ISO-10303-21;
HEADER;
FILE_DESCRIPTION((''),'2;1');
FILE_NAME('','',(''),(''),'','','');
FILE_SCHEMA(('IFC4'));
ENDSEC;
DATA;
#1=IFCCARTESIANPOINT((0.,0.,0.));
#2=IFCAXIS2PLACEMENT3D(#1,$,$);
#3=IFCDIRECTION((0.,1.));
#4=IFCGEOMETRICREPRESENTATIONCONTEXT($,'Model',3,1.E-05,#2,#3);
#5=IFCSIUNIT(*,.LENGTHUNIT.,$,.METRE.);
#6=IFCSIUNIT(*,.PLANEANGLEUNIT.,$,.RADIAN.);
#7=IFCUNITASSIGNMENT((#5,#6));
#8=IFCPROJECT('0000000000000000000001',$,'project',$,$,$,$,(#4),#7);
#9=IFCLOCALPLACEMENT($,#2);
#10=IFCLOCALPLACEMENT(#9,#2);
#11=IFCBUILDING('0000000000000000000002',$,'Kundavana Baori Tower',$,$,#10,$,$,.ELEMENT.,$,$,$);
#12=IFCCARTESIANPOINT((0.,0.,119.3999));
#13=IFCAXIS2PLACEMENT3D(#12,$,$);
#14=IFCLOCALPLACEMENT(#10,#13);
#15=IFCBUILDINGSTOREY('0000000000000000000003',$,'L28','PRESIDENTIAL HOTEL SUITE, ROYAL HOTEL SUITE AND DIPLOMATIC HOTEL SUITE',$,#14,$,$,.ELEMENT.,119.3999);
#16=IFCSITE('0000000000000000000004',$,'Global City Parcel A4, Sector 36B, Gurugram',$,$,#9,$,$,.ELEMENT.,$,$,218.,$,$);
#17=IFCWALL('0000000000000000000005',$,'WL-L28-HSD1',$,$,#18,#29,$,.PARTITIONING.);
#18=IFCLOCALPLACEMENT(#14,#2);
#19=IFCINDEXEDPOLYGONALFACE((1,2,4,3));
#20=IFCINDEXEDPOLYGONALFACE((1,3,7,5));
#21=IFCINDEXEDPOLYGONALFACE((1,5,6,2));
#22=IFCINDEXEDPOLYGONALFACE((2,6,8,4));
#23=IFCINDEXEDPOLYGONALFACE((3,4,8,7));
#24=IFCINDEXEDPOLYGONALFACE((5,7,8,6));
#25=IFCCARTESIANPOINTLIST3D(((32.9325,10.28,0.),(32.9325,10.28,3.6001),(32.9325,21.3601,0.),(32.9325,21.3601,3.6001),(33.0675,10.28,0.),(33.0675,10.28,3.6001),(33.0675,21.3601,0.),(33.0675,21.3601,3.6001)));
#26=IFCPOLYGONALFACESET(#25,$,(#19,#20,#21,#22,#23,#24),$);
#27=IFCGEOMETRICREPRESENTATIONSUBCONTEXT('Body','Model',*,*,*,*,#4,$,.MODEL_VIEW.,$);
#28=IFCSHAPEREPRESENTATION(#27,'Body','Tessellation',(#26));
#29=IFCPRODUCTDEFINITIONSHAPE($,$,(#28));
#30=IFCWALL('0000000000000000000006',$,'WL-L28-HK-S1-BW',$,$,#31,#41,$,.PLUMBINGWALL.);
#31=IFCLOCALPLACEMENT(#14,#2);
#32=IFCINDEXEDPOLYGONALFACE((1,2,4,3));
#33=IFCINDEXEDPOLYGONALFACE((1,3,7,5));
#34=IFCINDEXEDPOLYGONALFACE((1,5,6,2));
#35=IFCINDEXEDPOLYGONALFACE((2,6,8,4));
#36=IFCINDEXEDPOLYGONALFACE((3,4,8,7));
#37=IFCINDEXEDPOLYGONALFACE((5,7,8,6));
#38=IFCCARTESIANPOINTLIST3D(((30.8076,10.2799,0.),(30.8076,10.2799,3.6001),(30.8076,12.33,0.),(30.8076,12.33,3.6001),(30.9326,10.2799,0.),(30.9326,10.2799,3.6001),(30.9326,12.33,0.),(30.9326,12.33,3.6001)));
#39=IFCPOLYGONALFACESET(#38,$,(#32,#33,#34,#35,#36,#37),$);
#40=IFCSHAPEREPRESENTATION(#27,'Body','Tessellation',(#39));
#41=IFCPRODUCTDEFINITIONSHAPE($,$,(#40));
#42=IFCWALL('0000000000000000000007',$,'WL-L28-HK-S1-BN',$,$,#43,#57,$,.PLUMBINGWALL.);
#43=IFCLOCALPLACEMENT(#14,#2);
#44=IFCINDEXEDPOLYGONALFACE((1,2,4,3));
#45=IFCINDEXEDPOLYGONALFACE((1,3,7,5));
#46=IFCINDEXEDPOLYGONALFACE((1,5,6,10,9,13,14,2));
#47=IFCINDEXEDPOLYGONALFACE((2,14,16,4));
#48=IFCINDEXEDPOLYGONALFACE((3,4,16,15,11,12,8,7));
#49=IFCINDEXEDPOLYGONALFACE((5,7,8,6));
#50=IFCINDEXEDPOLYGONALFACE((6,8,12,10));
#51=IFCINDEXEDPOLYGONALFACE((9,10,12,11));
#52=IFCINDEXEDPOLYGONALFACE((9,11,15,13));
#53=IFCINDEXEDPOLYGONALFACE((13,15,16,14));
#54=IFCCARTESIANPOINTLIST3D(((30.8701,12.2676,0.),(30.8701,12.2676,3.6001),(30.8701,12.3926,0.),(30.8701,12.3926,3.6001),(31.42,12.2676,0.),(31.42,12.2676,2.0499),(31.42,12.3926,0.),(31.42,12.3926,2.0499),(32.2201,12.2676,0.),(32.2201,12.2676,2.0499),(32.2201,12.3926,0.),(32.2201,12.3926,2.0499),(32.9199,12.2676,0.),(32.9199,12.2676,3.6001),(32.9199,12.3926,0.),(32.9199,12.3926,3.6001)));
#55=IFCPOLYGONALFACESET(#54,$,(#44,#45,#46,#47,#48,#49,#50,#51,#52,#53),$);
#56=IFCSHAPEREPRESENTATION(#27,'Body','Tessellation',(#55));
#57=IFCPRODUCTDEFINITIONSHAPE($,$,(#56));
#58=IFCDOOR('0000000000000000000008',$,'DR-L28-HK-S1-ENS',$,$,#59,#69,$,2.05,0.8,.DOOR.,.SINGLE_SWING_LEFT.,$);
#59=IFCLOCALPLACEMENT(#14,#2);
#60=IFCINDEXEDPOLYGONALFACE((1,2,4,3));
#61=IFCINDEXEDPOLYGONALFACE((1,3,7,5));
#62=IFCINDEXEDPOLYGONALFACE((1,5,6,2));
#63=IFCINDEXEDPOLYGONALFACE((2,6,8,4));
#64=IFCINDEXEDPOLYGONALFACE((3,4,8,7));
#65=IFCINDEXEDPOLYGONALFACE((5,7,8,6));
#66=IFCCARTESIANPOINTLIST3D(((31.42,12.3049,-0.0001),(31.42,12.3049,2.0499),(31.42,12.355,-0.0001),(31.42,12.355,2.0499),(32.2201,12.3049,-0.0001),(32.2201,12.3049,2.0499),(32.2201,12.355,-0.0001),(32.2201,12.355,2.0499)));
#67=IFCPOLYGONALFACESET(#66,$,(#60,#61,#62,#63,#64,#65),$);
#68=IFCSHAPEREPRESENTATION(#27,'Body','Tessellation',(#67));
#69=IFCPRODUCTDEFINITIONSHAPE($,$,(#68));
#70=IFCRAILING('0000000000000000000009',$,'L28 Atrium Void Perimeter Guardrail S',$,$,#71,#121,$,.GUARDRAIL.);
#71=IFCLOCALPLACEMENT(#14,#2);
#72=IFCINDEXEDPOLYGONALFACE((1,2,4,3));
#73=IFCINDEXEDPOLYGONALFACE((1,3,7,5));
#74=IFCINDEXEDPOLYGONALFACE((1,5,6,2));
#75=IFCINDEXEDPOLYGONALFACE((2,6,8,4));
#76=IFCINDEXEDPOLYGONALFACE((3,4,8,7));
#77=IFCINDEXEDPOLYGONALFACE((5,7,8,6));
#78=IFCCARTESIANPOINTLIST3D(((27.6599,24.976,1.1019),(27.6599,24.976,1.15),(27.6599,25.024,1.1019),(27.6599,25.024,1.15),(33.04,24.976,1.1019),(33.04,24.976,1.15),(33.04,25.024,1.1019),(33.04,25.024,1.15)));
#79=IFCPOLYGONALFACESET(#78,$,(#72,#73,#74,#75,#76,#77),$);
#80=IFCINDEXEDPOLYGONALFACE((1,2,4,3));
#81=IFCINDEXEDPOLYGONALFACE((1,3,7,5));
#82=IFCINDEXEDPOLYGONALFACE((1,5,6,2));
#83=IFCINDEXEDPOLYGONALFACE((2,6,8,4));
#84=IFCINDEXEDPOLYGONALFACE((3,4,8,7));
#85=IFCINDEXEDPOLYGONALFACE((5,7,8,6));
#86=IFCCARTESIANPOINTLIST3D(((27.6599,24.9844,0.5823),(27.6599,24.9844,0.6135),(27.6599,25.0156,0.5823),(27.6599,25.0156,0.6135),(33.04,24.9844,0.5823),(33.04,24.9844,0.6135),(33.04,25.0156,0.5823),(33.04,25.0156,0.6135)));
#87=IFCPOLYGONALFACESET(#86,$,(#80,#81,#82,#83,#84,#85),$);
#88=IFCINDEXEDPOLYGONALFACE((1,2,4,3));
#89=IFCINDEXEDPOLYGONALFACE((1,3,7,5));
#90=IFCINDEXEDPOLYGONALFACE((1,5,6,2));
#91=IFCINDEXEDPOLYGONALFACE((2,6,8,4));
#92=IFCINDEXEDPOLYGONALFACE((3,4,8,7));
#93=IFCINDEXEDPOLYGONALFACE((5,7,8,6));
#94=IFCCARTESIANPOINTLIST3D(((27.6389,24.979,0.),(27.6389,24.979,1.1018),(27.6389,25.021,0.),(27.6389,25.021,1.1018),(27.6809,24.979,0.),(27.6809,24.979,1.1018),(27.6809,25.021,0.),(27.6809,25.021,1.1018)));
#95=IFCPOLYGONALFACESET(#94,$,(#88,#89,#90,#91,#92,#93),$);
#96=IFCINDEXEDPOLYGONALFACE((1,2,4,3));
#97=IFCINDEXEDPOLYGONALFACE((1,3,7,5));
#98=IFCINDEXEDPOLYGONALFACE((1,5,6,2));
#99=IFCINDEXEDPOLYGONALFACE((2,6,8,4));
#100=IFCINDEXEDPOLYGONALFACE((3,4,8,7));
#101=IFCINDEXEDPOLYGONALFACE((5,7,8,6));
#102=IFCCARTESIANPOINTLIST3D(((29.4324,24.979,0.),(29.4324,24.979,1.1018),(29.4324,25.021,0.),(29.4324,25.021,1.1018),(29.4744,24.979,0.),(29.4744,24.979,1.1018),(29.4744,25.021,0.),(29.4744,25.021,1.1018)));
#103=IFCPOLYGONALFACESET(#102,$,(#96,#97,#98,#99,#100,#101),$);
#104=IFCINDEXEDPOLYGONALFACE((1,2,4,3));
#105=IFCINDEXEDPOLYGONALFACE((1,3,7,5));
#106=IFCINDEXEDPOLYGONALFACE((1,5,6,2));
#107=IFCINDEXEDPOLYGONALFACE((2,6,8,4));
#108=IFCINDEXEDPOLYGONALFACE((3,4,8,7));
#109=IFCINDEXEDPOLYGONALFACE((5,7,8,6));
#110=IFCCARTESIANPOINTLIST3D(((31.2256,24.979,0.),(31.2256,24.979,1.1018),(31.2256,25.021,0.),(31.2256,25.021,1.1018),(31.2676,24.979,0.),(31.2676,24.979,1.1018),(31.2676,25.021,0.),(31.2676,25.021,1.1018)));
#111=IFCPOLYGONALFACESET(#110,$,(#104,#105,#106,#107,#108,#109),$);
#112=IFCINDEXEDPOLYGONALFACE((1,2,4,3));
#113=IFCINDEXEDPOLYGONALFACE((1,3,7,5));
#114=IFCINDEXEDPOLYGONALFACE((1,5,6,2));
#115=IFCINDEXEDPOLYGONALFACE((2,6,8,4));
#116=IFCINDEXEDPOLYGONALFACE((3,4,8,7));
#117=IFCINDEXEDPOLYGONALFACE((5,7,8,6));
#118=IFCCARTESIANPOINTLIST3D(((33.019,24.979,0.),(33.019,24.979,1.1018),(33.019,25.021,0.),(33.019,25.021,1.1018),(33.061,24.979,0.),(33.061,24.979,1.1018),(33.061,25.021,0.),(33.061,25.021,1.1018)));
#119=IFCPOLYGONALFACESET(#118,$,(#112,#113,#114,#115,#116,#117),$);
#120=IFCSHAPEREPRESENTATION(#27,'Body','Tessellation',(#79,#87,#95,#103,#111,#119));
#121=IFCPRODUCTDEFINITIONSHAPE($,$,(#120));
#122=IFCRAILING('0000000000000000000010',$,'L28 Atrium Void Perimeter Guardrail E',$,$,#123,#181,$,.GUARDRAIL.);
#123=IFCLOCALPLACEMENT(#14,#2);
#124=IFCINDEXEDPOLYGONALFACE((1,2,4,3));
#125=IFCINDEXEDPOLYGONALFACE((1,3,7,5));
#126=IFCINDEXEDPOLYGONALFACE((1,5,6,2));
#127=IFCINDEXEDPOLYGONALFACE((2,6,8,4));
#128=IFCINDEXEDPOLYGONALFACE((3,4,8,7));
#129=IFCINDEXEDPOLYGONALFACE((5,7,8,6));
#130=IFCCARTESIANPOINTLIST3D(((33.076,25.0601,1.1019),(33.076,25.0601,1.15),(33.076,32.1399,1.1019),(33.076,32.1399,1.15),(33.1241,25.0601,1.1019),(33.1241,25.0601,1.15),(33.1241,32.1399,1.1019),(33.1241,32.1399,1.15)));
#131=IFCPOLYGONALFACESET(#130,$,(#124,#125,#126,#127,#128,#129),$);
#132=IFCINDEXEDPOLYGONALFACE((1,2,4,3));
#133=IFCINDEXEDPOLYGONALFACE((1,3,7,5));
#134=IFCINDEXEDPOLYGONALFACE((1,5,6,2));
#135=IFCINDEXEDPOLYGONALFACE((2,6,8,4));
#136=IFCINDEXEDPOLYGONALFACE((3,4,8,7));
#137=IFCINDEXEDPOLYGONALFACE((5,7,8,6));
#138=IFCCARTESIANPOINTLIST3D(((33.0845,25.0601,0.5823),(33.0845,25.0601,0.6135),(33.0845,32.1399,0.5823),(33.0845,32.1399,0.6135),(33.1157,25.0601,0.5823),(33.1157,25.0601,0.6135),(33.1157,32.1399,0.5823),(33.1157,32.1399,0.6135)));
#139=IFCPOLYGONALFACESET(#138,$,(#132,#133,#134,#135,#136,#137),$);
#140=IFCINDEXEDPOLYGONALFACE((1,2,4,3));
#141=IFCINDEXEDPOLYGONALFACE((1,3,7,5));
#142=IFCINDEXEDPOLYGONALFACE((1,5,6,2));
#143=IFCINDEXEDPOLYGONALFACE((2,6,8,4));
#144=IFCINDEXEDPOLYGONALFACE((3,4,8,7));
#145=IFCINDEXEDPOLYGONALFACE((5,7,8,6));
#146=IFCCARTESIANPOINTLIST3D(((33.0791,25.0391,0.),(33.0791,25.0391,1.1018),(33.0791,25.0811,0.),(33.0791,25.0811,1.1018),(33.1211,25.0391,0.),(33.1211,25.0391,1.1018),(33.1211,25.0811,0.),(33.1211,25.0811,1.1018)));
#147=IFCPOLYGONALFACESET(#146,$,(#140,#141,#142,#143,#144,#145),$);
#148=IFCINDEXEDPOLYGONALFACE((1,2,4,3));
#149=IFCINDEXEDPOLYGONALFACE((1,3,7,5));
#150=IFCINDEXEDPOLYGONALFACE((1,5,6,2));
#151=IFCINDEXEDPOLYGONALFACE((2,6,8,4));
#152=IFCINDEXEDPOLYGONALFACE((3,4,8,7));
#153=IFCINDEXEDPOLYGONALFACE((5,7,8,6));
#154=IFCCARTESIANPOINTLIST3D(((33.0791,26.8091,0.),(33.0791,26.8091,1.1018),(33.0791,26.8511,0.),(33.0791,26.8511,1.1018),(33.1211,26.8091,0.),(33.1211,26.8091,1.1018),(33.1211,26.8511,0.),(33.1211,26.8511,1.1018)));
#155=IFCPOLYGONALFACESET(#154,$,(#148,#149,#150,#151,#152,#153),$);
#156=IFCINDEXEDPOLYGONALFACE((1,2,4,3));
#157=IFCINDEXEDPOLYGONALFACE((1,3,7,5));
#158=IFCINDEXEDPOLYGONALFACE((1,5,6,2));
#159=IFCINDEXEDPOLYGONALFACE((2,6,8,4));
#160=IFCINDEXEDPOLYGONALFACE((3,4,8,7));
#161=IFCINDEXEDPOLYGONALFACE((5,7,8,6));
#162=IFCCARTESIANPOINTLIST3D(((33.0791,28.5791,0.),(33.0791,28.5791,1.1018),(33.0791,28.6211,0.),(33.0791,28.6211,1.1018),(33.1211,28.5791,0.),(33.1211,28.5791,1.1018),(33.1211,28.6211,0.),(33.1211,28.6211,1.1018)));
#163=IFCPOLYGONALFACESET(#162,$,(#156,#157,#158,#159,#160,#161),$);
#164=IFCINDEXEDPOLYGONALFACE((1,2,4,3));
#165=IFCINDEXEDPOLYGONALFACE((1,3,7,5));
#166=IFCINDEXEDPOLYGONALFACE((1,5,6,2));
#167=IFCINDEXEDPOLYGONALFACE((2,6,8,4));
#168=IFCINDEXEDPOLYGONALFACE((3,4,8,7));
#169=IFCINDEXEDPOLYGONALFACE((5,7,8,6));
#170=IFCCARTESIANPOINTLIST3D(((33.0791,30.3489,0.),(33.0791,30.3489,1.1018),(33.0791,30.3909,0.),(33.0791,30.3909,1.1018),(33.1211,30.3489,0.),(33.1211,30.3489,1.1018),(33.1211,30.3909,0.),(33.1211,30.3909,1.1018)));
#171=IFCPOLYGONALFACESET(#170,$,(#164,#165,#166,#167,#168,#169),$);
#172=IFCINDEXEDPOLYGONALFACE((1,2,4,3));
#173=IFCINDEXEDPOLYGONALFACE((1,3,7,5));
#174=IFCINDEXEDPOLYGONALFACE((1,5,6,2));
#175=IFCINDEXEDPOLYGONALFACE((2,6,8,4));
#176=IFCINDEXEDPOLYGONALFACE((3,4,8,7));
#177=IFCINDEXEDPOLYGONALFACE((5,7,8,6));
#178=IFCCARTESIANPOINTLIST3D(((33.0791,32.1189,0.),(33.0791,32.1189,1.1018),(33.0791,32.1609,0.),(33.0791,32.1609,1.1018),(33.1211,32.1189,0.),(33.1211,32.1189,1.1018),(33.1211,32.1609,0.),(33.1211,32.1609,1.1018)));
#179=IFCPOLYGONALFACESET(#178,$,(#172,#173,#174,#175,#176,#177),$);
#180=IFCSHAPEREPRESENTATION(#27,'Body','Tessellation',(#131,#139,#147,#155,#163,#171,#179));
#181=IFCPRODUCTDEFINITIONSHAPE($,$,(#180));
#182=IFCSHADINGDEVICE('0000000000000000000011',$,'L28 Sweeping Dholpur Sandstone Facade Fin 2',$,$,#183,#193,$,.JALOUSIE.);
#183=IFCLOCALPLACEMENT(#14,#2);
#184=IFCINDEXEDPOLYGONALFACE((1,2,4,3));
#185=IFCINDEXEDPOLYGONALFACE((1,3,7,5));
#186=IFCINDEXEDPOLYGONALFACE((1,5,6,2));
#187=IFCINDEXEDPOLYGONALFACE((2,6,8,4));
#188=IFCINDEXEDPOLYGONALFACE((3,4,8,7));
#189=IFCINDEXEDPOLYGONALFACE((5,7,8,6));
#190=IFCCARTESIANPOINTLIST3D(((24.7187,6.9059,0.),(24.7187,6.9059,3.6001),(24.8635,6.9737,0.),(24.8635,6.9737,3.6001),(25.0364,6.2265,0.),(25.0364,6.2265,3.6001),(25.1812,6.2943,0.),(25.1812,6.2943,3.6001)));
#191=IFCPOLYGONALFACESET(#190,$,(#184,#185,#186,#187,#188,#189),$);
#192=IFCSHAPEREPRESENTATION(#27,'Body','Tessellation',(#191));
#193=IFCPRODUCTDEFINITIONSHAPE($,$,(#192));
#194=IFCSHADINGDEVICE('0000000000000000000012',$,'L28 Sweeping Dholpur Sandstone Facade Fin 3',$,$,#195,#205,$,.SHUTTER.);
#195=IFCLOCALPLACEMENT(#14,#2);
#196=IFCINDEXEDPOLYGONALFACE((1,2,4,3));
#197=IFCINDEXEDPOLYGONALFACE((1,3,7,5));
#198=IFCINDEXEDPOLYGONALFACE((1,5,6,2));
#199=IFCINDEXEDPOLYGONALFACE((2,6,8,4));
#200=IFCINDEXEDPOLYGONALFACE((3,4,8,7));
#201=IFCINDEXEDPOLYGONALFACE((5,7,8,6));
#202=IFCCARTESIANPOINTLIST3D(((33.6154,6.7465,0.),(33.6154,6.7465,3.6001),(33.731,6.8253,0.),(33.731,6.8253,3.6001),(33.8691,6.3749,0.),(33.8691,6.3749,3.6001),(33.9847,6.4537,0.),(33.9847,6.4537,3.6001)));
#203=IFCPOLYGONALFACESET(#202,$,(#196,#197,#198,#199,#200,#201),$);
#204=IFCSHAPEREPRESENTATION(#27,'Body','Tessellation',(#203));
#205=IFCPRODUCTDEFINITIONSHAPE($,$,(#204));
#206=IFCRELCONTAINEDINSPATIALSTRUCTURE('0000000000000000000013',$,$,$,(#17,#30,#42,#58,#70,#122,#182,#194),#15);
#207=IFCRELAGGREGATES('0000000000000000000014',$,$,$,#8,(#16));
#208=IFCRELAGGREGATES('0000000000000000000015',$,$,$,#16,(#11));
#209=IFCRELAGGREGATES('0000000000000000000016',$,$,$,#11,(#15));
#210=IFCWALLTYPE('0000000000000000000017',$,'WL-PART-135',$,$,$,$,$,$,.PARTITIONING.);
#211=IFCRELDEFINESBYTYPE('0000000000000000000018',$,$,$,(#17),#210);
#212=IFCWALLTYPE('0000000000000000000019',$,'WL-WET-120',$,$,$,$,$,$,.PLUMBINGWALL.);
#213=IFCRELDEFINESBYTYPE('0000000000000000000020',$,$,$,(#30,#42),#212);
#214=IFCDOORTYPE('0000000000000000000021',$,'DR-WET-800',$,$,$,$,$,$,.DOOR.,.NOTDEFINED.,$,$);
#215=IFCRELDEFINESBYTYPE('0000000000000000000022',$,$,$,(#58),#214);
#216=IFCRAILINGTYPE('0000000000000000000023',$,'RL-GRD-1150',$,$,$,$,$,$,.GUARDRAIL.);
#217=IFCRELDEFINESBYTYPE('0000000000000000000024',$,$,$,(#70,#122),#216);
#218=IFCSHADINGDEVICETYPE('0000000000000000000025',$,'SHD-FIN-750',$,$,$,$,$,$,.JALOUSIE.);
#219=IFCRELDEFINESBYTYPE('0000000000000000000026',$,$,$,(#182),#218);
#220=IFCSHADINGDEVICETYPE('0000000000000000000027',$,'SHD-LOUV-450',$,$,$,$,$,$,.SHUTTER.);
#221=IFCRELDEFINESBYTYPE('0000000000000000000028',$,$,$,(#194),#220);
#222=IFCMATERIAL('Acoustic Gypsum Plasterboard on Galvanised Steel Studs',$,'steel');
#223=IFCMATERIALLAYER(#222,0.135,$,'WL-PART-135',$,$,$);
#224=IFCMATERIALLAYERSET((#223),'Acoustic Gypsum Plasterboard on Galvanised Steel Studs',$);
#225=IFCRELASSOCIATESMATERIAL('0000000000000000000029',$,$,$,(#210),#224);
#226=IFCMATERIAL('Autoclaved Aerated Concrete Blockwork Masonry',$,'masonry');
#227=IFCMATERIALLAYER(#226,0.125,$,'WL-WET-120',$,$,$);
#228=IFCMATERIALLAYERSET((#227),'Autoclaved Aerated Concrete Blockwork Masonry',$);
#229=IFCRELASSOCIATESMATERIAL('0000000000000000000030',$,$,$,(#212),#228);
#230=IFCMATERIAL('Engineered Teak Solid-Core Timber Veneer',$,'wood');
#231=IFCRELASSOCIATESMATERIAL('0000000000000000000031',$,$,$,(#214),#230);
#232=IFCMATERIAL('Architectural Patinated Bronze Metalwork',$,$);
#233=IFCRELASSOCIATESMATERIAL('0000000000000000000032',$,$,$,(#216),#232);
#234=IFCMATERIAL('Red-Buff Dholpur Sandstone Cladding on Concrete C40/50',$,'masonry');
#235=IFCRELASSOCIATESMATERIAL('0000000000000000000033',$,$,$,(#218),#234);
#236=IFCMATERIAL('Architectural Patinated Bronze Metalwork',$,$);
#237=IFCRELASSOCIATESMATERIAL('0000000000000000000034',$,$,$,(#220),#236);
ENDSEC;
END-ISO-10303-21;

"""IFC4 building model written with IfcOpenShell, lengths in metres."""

from ifc_helpers import new_model, si_unit, direction, frame, frame_2d, origin, origin_2d, place, context, subcontext, project, spatial, rectangle, extrude, material, layer, layer_set, type_object, element, fill, save


model = new_model("IFC4")

# Units and contexts
model_context = context("Model", 3, precision=1e-05, world=origin(), true_north=direction((0.0, 1.0)))
body_context = subcontext(model_context, "Body", "Model", "MODEL_VIEW")
ifc_project = project(units=[si_unit("LENGTHUNIT", "METRE"), si_unit("PLANEANGLEUNIT", "RADIAN")], contexts=[model_context])

# Site, building, storey
site_placement = place(None, origin())
site = spatial("IfcSite", under=ifc_project, at=site_placement, Name="Global City Parcel A4, Sector 36B, Gurugram", CompositionType="ELEMENT", RefElevation=218.0)
building_placement = place(site_placement, origin())
building = spatial("IfcBuilding", under=site, at=building_placement, Name="Kundavana Baori Tower", CompositionType="ELEMENT")
storey_placement = place(building_placement, frame((0.0, 0.0, 119.3999)))
storey = spatial("IfcBuildingStorey", under=building, at=storey_placement, Name="L28", Description="PRESIDENTIAL HOTEL SUITE, ROYAL HOTEL SUITE AND DIPLOMATIC HOTEL SUITE", CompositionType="ELEMENT", Elevation=119.3999)

# Shared definitions
ifc_material_1 = material(Name="Acoustic Gypsum Plasterboard on Galvanised Steel Studs", Category="steel")
ifc_layer_1 = layer(ifc_material_1, 0.135, Name="WL-PART-135")
ifc_layer_set_1 = layer_set([ifc_layer_1], Name="Acoustic Gypsum Plasterboard on Galvanised Steel Studs")
wall_type_1 = type_object("IfcWallType", Name="WL-PART-135", PredefinedType="PARTITIONING", material=ifc_layer_set_1)

# Walls
wall_1_placement = place(storey_placement, frame((33.0, 10.28, 0.0), z_axis=(0.0, 0.0, 1.0), x_axis=(0.0, 1.0, 0.0)))
element("IfcWall", 1, at=wall_1_placement, inside=storey, type_object=wall_type_1, Name="WL-L28-HSD1", PredefinedType="PARTITIONING", context=body_context, shape_type="SweptSolid", body=[
    extrude(rectangle(XDim=11.0801, YDim=0.135, at=frame_2d((5.54, 0.0))), origin(), (0.0, 0.0, 1.0), 3.6001),
])
ifc_material_2 = material(Name="Autoclaved Aerated Concrete Blockwork Masonry", Category="masonry")
ifc_layer_2 = layer(ifc_material_2, 0.125, Name="WL-WET-120")
ifc_layer_set_2 = layer_set([ifc_layer_2], Name="Autoclaved Aerated Concrete Blockwork Masonry")
wall_type_2 = type_object("IfcWallType", Name="WL-WET-120", PredefinedType="PLUMBINGWALL", material=ifc_layer_set_2)
wall_2_placement = place(storey_placement, frame((30.8701, 10.28, 0.0), z_axis=(0.0, 0.0, 1.0), x_axis=(0.0, 1.0, 0.0)))
element("IfcWall", 2, at=wall_2_placement, inside=storey, type_object=wall_type_2, Name="WL-L28-HK-S1-BW", PredefinedType="PLUMBINGWALL", context=body_context, shape_type="SweptSolid", body=[
    extrude(rectangle(XDim=2.05, YDim=0.125, at=frame_2d((1.0249, 0.0))), origin(), (0.0, 0.0, 1.0), 3.6001),
])

# Wall, opening, door
wall_3_placement = place(storey_placement, frame((30.8701, 12.3301, 0.0), z_axis=(0.0, 0.0, 1.0), x_axis=(1.0, 0.0, 0.0)))
wall_3 = element("IfcWall", 3, at=wall_3_placement, inside=storey, type_object=wall_type_2, Name="WL-L28-HK-S1-BN", PredefinedType="PLUMBINGWALL", context=body_context, shape_type="SweptSolid", body=[
    extrude(rectangle(XDim=2.0498, YDim=0.125, at=frame_2d((1.0249, 0.0))), origin(), (0.0, 0.0, 1.0), 3.6001),
])
opening_1_placement = place(wall_3_placement, frame((0.55, 0.0, 0.0)))
opening_1 = element("IfcOpeningElement", 4, at=opening_1_placement, cuts=wall_3, PredefinedType="OPENING", context=body_context, shape_type="SweptSolid", body=[
    extrude(rectangle(XDim=0.8, YDim=2.05, at=frame_2d((0.3999, 1.0249))), frame((0.0, 0.0725, 0.0), z_axis=(0.0, -1.0, 0.0), x_axis=(1.0, 0.0, 0.0)), (0.0, 0.0, 1.0), 0.145),
])
ifc_material_3 = material(Name="Engineered Teak Solid-Core Timber Veneer", Category="wood")
door_type_1 = type_object("IfcDoorType", Name="DR-WET-800", OperationType="NOTDEFINED", PredefinedType="DOOR", material=ifc_material_3)
door_1_placement = place(opening_1_placement, origin())
door_1 = element("IfcDoor", 5, at=door_1_placement, inside=storey, type_object=door_type_1, Name="DR-L28-HK-S1-ENS", OperationType="SINGLE_SWING_LEFT", OverallHeight=2.05, OverallWidth=0.8, PredefinedType="DOOR", context=body_context, shape_type="SweptSolid", body=[
    extrude(rectangle(XDim=0.8, YDim=2.05, at=frame_2d((0.3999, 1.0249))), frame((0.0, 0.0249, 0.0), z_axis=(0.0, -1.0, 0.0), x_axis=(1.0, 0.0, 0.0)), (0.0, 0.0, 1.0), 0.05),
])
fill(opening_1, door_1)

# Railings
ifc_material_4 = material(Name="Architectural Patinated Bronze Metalwork")
railing_type = type_object("IfcRailingType", Name="RL-GRD-1150", PredefinedType="GUARDRAIL", material=ifc_material_4)
railing_1_placement = place(storey_placement, frame((27.6599, 25.0, 0.0)))
element("IfcRailing", 6, at=railing_1_placement, inside=storey, type_object=railing_type, Name="L28 Atrium Void Perimeter Guardrail S", PredefinedType="GUARDRAIL", context=body_context, shape_type="SweptSolid", body=[
    extrude(rectangle(XDim=0.0481, YDim=0.0481, at=origin_2d()), frame((0.0, 0.0, 1.126), z_axis=(1.0, 0.0, 0.0), x_axis=(0.0, 1.0, 0.0)), (0.0, 0.0, 1.0), 5.3801),
    extrude(rectangle(XDim=0.0312, YDim=0.0312, at=origin_2d()), frame((0.0, 0.0, 0.5979), z_axis=(1.0, 0.0, 0.0), x_axis=(0.0, 1.0, 0.0)), (0.0, 0.0, 1.0), 5.3801),
    extrude(rectangle(XDim=0.042, YDim=0.042, at=origin_2d()), origin(), (0.0, 0.0, 1.0), 1.1018),
    extrude(rectangle(XDim=0.042, YDim=0.042, at=origin_2d()), frame((1.7935, 0.0, 0.0)), (0.0, 0.0, 1.0), 1.1018),
    extrude(rectangle(XDim=0.042, YDim=0.042, at=origin_2d()), frame((3.5867, 0.0, 0.0)), (0.0, 0.0, 1.0), 1.1018),
    extrude(rectangle(XDim=0.042, YDim=0.042, at=origin_2d()), frame((5.3801, 0.0, 0.0)), (0.0, 0.0, 1.0), 1.1018),
])
railing_2_placement = place(storey_placement, frame((33.1001, 25.0601, 0.0)))
element("IfcRailing", 7, at=railing_2_placement, inside=storey, type_object=railing_type, Name="L28 Atrium Void Perimeter Guardrail E", PredefinedType="GUARDRAIL", context=body_context, shape_type="SweptSolid", body=[
    extrude(rectangle(XDim=0.0481, YDim=0.0481, at=origin_2d()), frame((0.0, 0.0, 1.126), z_axis=(0.0, 1.0, 0.0), x_axis=(-1.0, 0.0, 0.0)), (0.0, 0.0, 1.0), 7.0798),
    extrude(rectangle(XDim=0.0312, YDim=0.0312, at=origin_2d()), frame((0.0, 0.0, 0.5979), z_axis=(0.0, 1.0, 0.0), x_axis=(-1.0, 0.0, 0.0)), (0.0, 0.0, 1.0), 7.0798),
    extrude(rectangle(XDim=0.042, YDim=0.042, at=origin_2d()), origin(), (0.0, 0.0, 1.0), 1.1018),
    extrude(rectangle(XDim=0.042, YDim=0.042, at=origin_2d()), frame((0.0, 1.77, 0.0)), (0.0, 0.0, 1.0), 1.1018),
    extrude(rectangle(XDim=0.042, YDim=0.042, at=origin_2d()), frame((0.0, 3.54, 0.0)), (0.0, 0.0, 1.0), 1.1018),
    extrude(rectangle(XDim=0.042, YDim=0.042, at=origin_2d()), frame((0.0, 5.3098, 0.0)), (0.0, 0.0, 1.0), 1.1018),
    extrude(rectangle(XDim=0.042, YDim=0.042, at=origin_2d()), frame((0.0, 7.0798, 0.0)), (0.0, 0.0, 1.0), 1.1018),
])

# Shading devices
ifc_material_5 = material(Name="Red-Buff Dholpur Sandstone Cladding on Concrete C40/50", Category="masonry")
shading_device_type_1 = type_object("IfcShadingDeviceType", Name="SHD-FIN-750", PredefinedType="JALOUSIE", material=ifc_material_5)
shading_device_1_placement = place(storey_placement, frame((24.95, 6.6001, 0.0), z_axis=(0.0, 0.0, 1.0), x_axis=(0.905865, 0.423567, 0.0)))
element("IfcShadingDevice", 8, at=shading_device_1_placement, inside=storey, type_object=shading_device_type_1, Name="L28 Sweeping Dholpur Sandstone Facade Fin 2", PredefinedType="JALOUSIE", context=body_context, shape_type="SweptSolid", body=[
    extrude(rectangle(XDim=0.1599, YDim=0.75, at=origin_2d()), origin(), (0.0, 0.0, 1.0), 3.6001),
])
ifc_material_6 = material(Name="Architectural Patinated Bronze Metalwork")
shading_device_type_2 = type_object("IfcShadingDeviceType", Name="SHD-LOUV-450", PredefinedType="SHUTTER", material=ifc_material_6)
shading_device_2_placement = place(storey_placement, frame((33.8, 6.6001, 0.0), z_axis=(0.0, 0.0, 1.0), x_axis=(0.825902, 0.563814, 0.0)))
element("IfcShadingDevice", 9, at=shading_device_2_placement, inside=storey, type_object=shading_device_type_2, Name="L28 Sweeping Dholpur Sandstone Facade Fin 3", PredefinedType="SHUTTER", context=body_context, shape_type="SweptSolid", body=[
    extrude(rectangle(XDim=0.1399, YDim=0.45, at=origin_2d()), origin(), (0.0, 0.0, 1.0), 3.6001),
])

save(model, "model.ifc")
